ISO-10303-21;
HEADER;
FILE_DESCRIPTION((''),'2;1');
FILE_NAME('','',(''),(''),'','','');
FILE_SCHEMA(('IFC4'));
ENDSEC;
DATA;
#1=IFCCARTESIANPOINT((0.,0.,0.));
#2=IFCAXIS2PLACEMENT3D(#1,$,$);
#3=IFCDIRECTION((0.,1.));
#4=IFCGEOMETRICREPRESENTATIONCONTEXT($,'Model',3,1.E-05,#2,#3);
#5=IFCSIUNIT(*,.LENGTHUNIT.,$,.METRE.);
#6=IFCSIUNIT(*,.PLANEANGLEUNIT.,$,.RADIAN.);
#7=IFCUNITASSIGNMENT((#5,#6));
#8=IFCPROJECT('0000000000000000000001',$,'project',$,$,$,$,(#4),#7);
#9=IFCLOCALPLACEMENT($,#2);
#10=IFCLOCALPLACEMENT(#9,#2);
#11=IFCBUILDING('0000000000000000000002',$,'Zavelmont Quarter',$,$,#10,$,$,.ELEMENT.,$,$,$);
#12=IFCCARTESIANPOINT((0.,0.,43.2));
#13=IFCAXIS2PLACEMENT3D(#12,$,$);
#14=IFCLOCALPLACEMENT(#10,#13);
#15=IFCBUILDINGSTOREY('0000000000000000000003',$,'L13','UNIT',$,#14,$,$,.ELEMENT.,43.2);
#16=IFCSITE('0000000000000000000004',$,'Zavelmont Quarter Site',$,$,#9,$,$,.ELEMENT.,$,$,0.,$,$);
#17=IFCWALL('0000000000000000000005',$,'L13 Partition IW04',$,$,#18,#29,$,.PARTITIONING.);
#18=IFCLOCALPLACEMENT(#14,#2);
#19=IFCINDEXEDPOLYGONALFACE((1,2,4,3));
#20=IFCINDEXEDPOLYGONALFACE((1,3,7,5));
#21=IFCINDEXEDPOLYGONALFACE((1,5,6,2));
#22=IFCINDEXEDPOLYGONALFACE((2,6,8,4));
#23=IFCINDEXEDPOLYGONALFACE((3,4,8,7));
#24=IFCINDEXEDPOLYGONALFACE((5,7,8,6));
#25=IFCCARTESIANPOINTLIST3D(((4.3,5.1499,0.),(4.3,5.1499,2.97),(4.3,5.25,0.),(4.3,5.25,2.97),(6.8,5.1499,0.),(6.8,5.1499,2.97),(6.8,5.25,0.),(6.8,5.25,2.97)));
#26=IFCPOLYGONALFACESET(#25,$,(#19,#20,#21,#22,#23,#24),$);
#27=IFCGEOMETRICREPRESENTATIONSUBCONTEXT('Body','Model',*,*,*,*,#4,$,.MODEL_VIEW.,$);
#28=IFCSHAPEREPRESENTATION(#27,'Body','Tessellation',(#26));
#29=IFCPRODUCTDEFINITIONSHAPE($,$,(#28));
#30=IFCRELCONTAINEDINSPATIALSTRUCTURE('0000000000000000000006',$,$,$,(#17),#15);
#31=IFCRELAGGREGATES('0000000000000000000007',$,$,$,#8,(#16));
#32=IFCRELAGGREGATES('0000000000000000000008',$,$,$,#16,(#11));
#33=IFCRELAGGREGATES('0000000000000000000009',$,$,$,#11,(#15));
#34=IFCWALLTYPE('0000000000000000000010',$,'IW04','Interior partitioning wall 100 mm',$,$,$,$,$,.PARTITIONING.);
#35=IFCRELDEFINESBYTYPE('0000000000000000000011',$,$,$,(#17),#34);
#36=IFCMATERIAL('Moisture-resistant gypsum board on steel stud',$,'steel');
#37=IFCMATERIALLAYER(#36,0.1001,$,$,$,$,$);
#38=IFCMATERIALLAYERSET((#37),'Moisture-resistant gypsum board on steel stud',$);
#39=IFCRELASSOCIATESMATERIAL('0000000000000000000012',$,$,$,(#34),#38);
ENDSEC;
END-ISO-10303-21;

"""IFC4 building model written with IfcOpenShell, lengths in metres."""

from ifc_helpers import new_model, si_unit, direction, frame, frame_2d, origin, place, context, subcontext, project, spatial, rectangle, extrude, material, layer, layer_set, type_object, element, save


model = new_model("IFC4")

# Units and contexts
model_context = context("Model", 3, precision=1e-05, world=origin(), true_north=direction((0.0, 1.0)))
body_context = subcontext(model_context, "Body", "Model", "MODEL_VIEW")
ifc_project = project(units=[si_unit("LENGTHUNIT", "METRE"), si_unit("PLANEANGLEUNIT", "RADIAN")], contexts=[model_context])

# Site, building, storey
site_placement = place(None, origin())
site = spatial("IfcSite", under=ifc_project, at=site_placement, Name="Zavelmont Quarter Site", CompositionType="ELEMENT", RefElevation=0.0)
building_placement = place(site_placement, origin())
building = spatial("IfcBuilding", under=site, at=building_placement, Name="Zavelmont Quarter", CompositionType="ELEMENT")
storey_placement = place(building_placement, frame((0.0, 0.0, 43.2)))
storey = spatial("IfcBuildingStorey", under=building, at=storey_placement, Name="L13", Description="UNIT", CompositionType="ELEMENT", Elevation=43.2)

# Wall
ifc_material_1 = material(Name="Moisture-resistant gypsum board on steel stud", Category="steel")
ifc_layer_1 = layer(ifc_material_1, 0.1001)
ifc_layer_set_1 = layer_set([ifc_layer_1], Name="Moisture-resistant gypsum board on steel stud")
wall_type_1 = type_object("IfcWallType", Name="IW04", Description="Interior partitioning wall 100 mm", PredefinedType="PARTITIONING", material=ifc_layer_set_1)
wall_1_placement = place(storey_placement, frame((4.3, 5.2, 0.0), z_axis=(0.0, 0.0, 1.0), x_axis=(1.0, 0.0, 0.0)))
element("IfcWall", 1, at=wall_1_placement, inside=storey, type_object=wall_type_1, Name="L13 Partition IW04", PredefinedType="PARTITIONING", context=body_context, shape_type="SweptSolid", body=[
    extrude(rectangle(XDim=2.5, YDim=0.1001, at=frame_2d((1.25, 0.0))), origin(), (0.0, 0.0, 1.0), 2.97),
])

save(model, "model.ifc")
